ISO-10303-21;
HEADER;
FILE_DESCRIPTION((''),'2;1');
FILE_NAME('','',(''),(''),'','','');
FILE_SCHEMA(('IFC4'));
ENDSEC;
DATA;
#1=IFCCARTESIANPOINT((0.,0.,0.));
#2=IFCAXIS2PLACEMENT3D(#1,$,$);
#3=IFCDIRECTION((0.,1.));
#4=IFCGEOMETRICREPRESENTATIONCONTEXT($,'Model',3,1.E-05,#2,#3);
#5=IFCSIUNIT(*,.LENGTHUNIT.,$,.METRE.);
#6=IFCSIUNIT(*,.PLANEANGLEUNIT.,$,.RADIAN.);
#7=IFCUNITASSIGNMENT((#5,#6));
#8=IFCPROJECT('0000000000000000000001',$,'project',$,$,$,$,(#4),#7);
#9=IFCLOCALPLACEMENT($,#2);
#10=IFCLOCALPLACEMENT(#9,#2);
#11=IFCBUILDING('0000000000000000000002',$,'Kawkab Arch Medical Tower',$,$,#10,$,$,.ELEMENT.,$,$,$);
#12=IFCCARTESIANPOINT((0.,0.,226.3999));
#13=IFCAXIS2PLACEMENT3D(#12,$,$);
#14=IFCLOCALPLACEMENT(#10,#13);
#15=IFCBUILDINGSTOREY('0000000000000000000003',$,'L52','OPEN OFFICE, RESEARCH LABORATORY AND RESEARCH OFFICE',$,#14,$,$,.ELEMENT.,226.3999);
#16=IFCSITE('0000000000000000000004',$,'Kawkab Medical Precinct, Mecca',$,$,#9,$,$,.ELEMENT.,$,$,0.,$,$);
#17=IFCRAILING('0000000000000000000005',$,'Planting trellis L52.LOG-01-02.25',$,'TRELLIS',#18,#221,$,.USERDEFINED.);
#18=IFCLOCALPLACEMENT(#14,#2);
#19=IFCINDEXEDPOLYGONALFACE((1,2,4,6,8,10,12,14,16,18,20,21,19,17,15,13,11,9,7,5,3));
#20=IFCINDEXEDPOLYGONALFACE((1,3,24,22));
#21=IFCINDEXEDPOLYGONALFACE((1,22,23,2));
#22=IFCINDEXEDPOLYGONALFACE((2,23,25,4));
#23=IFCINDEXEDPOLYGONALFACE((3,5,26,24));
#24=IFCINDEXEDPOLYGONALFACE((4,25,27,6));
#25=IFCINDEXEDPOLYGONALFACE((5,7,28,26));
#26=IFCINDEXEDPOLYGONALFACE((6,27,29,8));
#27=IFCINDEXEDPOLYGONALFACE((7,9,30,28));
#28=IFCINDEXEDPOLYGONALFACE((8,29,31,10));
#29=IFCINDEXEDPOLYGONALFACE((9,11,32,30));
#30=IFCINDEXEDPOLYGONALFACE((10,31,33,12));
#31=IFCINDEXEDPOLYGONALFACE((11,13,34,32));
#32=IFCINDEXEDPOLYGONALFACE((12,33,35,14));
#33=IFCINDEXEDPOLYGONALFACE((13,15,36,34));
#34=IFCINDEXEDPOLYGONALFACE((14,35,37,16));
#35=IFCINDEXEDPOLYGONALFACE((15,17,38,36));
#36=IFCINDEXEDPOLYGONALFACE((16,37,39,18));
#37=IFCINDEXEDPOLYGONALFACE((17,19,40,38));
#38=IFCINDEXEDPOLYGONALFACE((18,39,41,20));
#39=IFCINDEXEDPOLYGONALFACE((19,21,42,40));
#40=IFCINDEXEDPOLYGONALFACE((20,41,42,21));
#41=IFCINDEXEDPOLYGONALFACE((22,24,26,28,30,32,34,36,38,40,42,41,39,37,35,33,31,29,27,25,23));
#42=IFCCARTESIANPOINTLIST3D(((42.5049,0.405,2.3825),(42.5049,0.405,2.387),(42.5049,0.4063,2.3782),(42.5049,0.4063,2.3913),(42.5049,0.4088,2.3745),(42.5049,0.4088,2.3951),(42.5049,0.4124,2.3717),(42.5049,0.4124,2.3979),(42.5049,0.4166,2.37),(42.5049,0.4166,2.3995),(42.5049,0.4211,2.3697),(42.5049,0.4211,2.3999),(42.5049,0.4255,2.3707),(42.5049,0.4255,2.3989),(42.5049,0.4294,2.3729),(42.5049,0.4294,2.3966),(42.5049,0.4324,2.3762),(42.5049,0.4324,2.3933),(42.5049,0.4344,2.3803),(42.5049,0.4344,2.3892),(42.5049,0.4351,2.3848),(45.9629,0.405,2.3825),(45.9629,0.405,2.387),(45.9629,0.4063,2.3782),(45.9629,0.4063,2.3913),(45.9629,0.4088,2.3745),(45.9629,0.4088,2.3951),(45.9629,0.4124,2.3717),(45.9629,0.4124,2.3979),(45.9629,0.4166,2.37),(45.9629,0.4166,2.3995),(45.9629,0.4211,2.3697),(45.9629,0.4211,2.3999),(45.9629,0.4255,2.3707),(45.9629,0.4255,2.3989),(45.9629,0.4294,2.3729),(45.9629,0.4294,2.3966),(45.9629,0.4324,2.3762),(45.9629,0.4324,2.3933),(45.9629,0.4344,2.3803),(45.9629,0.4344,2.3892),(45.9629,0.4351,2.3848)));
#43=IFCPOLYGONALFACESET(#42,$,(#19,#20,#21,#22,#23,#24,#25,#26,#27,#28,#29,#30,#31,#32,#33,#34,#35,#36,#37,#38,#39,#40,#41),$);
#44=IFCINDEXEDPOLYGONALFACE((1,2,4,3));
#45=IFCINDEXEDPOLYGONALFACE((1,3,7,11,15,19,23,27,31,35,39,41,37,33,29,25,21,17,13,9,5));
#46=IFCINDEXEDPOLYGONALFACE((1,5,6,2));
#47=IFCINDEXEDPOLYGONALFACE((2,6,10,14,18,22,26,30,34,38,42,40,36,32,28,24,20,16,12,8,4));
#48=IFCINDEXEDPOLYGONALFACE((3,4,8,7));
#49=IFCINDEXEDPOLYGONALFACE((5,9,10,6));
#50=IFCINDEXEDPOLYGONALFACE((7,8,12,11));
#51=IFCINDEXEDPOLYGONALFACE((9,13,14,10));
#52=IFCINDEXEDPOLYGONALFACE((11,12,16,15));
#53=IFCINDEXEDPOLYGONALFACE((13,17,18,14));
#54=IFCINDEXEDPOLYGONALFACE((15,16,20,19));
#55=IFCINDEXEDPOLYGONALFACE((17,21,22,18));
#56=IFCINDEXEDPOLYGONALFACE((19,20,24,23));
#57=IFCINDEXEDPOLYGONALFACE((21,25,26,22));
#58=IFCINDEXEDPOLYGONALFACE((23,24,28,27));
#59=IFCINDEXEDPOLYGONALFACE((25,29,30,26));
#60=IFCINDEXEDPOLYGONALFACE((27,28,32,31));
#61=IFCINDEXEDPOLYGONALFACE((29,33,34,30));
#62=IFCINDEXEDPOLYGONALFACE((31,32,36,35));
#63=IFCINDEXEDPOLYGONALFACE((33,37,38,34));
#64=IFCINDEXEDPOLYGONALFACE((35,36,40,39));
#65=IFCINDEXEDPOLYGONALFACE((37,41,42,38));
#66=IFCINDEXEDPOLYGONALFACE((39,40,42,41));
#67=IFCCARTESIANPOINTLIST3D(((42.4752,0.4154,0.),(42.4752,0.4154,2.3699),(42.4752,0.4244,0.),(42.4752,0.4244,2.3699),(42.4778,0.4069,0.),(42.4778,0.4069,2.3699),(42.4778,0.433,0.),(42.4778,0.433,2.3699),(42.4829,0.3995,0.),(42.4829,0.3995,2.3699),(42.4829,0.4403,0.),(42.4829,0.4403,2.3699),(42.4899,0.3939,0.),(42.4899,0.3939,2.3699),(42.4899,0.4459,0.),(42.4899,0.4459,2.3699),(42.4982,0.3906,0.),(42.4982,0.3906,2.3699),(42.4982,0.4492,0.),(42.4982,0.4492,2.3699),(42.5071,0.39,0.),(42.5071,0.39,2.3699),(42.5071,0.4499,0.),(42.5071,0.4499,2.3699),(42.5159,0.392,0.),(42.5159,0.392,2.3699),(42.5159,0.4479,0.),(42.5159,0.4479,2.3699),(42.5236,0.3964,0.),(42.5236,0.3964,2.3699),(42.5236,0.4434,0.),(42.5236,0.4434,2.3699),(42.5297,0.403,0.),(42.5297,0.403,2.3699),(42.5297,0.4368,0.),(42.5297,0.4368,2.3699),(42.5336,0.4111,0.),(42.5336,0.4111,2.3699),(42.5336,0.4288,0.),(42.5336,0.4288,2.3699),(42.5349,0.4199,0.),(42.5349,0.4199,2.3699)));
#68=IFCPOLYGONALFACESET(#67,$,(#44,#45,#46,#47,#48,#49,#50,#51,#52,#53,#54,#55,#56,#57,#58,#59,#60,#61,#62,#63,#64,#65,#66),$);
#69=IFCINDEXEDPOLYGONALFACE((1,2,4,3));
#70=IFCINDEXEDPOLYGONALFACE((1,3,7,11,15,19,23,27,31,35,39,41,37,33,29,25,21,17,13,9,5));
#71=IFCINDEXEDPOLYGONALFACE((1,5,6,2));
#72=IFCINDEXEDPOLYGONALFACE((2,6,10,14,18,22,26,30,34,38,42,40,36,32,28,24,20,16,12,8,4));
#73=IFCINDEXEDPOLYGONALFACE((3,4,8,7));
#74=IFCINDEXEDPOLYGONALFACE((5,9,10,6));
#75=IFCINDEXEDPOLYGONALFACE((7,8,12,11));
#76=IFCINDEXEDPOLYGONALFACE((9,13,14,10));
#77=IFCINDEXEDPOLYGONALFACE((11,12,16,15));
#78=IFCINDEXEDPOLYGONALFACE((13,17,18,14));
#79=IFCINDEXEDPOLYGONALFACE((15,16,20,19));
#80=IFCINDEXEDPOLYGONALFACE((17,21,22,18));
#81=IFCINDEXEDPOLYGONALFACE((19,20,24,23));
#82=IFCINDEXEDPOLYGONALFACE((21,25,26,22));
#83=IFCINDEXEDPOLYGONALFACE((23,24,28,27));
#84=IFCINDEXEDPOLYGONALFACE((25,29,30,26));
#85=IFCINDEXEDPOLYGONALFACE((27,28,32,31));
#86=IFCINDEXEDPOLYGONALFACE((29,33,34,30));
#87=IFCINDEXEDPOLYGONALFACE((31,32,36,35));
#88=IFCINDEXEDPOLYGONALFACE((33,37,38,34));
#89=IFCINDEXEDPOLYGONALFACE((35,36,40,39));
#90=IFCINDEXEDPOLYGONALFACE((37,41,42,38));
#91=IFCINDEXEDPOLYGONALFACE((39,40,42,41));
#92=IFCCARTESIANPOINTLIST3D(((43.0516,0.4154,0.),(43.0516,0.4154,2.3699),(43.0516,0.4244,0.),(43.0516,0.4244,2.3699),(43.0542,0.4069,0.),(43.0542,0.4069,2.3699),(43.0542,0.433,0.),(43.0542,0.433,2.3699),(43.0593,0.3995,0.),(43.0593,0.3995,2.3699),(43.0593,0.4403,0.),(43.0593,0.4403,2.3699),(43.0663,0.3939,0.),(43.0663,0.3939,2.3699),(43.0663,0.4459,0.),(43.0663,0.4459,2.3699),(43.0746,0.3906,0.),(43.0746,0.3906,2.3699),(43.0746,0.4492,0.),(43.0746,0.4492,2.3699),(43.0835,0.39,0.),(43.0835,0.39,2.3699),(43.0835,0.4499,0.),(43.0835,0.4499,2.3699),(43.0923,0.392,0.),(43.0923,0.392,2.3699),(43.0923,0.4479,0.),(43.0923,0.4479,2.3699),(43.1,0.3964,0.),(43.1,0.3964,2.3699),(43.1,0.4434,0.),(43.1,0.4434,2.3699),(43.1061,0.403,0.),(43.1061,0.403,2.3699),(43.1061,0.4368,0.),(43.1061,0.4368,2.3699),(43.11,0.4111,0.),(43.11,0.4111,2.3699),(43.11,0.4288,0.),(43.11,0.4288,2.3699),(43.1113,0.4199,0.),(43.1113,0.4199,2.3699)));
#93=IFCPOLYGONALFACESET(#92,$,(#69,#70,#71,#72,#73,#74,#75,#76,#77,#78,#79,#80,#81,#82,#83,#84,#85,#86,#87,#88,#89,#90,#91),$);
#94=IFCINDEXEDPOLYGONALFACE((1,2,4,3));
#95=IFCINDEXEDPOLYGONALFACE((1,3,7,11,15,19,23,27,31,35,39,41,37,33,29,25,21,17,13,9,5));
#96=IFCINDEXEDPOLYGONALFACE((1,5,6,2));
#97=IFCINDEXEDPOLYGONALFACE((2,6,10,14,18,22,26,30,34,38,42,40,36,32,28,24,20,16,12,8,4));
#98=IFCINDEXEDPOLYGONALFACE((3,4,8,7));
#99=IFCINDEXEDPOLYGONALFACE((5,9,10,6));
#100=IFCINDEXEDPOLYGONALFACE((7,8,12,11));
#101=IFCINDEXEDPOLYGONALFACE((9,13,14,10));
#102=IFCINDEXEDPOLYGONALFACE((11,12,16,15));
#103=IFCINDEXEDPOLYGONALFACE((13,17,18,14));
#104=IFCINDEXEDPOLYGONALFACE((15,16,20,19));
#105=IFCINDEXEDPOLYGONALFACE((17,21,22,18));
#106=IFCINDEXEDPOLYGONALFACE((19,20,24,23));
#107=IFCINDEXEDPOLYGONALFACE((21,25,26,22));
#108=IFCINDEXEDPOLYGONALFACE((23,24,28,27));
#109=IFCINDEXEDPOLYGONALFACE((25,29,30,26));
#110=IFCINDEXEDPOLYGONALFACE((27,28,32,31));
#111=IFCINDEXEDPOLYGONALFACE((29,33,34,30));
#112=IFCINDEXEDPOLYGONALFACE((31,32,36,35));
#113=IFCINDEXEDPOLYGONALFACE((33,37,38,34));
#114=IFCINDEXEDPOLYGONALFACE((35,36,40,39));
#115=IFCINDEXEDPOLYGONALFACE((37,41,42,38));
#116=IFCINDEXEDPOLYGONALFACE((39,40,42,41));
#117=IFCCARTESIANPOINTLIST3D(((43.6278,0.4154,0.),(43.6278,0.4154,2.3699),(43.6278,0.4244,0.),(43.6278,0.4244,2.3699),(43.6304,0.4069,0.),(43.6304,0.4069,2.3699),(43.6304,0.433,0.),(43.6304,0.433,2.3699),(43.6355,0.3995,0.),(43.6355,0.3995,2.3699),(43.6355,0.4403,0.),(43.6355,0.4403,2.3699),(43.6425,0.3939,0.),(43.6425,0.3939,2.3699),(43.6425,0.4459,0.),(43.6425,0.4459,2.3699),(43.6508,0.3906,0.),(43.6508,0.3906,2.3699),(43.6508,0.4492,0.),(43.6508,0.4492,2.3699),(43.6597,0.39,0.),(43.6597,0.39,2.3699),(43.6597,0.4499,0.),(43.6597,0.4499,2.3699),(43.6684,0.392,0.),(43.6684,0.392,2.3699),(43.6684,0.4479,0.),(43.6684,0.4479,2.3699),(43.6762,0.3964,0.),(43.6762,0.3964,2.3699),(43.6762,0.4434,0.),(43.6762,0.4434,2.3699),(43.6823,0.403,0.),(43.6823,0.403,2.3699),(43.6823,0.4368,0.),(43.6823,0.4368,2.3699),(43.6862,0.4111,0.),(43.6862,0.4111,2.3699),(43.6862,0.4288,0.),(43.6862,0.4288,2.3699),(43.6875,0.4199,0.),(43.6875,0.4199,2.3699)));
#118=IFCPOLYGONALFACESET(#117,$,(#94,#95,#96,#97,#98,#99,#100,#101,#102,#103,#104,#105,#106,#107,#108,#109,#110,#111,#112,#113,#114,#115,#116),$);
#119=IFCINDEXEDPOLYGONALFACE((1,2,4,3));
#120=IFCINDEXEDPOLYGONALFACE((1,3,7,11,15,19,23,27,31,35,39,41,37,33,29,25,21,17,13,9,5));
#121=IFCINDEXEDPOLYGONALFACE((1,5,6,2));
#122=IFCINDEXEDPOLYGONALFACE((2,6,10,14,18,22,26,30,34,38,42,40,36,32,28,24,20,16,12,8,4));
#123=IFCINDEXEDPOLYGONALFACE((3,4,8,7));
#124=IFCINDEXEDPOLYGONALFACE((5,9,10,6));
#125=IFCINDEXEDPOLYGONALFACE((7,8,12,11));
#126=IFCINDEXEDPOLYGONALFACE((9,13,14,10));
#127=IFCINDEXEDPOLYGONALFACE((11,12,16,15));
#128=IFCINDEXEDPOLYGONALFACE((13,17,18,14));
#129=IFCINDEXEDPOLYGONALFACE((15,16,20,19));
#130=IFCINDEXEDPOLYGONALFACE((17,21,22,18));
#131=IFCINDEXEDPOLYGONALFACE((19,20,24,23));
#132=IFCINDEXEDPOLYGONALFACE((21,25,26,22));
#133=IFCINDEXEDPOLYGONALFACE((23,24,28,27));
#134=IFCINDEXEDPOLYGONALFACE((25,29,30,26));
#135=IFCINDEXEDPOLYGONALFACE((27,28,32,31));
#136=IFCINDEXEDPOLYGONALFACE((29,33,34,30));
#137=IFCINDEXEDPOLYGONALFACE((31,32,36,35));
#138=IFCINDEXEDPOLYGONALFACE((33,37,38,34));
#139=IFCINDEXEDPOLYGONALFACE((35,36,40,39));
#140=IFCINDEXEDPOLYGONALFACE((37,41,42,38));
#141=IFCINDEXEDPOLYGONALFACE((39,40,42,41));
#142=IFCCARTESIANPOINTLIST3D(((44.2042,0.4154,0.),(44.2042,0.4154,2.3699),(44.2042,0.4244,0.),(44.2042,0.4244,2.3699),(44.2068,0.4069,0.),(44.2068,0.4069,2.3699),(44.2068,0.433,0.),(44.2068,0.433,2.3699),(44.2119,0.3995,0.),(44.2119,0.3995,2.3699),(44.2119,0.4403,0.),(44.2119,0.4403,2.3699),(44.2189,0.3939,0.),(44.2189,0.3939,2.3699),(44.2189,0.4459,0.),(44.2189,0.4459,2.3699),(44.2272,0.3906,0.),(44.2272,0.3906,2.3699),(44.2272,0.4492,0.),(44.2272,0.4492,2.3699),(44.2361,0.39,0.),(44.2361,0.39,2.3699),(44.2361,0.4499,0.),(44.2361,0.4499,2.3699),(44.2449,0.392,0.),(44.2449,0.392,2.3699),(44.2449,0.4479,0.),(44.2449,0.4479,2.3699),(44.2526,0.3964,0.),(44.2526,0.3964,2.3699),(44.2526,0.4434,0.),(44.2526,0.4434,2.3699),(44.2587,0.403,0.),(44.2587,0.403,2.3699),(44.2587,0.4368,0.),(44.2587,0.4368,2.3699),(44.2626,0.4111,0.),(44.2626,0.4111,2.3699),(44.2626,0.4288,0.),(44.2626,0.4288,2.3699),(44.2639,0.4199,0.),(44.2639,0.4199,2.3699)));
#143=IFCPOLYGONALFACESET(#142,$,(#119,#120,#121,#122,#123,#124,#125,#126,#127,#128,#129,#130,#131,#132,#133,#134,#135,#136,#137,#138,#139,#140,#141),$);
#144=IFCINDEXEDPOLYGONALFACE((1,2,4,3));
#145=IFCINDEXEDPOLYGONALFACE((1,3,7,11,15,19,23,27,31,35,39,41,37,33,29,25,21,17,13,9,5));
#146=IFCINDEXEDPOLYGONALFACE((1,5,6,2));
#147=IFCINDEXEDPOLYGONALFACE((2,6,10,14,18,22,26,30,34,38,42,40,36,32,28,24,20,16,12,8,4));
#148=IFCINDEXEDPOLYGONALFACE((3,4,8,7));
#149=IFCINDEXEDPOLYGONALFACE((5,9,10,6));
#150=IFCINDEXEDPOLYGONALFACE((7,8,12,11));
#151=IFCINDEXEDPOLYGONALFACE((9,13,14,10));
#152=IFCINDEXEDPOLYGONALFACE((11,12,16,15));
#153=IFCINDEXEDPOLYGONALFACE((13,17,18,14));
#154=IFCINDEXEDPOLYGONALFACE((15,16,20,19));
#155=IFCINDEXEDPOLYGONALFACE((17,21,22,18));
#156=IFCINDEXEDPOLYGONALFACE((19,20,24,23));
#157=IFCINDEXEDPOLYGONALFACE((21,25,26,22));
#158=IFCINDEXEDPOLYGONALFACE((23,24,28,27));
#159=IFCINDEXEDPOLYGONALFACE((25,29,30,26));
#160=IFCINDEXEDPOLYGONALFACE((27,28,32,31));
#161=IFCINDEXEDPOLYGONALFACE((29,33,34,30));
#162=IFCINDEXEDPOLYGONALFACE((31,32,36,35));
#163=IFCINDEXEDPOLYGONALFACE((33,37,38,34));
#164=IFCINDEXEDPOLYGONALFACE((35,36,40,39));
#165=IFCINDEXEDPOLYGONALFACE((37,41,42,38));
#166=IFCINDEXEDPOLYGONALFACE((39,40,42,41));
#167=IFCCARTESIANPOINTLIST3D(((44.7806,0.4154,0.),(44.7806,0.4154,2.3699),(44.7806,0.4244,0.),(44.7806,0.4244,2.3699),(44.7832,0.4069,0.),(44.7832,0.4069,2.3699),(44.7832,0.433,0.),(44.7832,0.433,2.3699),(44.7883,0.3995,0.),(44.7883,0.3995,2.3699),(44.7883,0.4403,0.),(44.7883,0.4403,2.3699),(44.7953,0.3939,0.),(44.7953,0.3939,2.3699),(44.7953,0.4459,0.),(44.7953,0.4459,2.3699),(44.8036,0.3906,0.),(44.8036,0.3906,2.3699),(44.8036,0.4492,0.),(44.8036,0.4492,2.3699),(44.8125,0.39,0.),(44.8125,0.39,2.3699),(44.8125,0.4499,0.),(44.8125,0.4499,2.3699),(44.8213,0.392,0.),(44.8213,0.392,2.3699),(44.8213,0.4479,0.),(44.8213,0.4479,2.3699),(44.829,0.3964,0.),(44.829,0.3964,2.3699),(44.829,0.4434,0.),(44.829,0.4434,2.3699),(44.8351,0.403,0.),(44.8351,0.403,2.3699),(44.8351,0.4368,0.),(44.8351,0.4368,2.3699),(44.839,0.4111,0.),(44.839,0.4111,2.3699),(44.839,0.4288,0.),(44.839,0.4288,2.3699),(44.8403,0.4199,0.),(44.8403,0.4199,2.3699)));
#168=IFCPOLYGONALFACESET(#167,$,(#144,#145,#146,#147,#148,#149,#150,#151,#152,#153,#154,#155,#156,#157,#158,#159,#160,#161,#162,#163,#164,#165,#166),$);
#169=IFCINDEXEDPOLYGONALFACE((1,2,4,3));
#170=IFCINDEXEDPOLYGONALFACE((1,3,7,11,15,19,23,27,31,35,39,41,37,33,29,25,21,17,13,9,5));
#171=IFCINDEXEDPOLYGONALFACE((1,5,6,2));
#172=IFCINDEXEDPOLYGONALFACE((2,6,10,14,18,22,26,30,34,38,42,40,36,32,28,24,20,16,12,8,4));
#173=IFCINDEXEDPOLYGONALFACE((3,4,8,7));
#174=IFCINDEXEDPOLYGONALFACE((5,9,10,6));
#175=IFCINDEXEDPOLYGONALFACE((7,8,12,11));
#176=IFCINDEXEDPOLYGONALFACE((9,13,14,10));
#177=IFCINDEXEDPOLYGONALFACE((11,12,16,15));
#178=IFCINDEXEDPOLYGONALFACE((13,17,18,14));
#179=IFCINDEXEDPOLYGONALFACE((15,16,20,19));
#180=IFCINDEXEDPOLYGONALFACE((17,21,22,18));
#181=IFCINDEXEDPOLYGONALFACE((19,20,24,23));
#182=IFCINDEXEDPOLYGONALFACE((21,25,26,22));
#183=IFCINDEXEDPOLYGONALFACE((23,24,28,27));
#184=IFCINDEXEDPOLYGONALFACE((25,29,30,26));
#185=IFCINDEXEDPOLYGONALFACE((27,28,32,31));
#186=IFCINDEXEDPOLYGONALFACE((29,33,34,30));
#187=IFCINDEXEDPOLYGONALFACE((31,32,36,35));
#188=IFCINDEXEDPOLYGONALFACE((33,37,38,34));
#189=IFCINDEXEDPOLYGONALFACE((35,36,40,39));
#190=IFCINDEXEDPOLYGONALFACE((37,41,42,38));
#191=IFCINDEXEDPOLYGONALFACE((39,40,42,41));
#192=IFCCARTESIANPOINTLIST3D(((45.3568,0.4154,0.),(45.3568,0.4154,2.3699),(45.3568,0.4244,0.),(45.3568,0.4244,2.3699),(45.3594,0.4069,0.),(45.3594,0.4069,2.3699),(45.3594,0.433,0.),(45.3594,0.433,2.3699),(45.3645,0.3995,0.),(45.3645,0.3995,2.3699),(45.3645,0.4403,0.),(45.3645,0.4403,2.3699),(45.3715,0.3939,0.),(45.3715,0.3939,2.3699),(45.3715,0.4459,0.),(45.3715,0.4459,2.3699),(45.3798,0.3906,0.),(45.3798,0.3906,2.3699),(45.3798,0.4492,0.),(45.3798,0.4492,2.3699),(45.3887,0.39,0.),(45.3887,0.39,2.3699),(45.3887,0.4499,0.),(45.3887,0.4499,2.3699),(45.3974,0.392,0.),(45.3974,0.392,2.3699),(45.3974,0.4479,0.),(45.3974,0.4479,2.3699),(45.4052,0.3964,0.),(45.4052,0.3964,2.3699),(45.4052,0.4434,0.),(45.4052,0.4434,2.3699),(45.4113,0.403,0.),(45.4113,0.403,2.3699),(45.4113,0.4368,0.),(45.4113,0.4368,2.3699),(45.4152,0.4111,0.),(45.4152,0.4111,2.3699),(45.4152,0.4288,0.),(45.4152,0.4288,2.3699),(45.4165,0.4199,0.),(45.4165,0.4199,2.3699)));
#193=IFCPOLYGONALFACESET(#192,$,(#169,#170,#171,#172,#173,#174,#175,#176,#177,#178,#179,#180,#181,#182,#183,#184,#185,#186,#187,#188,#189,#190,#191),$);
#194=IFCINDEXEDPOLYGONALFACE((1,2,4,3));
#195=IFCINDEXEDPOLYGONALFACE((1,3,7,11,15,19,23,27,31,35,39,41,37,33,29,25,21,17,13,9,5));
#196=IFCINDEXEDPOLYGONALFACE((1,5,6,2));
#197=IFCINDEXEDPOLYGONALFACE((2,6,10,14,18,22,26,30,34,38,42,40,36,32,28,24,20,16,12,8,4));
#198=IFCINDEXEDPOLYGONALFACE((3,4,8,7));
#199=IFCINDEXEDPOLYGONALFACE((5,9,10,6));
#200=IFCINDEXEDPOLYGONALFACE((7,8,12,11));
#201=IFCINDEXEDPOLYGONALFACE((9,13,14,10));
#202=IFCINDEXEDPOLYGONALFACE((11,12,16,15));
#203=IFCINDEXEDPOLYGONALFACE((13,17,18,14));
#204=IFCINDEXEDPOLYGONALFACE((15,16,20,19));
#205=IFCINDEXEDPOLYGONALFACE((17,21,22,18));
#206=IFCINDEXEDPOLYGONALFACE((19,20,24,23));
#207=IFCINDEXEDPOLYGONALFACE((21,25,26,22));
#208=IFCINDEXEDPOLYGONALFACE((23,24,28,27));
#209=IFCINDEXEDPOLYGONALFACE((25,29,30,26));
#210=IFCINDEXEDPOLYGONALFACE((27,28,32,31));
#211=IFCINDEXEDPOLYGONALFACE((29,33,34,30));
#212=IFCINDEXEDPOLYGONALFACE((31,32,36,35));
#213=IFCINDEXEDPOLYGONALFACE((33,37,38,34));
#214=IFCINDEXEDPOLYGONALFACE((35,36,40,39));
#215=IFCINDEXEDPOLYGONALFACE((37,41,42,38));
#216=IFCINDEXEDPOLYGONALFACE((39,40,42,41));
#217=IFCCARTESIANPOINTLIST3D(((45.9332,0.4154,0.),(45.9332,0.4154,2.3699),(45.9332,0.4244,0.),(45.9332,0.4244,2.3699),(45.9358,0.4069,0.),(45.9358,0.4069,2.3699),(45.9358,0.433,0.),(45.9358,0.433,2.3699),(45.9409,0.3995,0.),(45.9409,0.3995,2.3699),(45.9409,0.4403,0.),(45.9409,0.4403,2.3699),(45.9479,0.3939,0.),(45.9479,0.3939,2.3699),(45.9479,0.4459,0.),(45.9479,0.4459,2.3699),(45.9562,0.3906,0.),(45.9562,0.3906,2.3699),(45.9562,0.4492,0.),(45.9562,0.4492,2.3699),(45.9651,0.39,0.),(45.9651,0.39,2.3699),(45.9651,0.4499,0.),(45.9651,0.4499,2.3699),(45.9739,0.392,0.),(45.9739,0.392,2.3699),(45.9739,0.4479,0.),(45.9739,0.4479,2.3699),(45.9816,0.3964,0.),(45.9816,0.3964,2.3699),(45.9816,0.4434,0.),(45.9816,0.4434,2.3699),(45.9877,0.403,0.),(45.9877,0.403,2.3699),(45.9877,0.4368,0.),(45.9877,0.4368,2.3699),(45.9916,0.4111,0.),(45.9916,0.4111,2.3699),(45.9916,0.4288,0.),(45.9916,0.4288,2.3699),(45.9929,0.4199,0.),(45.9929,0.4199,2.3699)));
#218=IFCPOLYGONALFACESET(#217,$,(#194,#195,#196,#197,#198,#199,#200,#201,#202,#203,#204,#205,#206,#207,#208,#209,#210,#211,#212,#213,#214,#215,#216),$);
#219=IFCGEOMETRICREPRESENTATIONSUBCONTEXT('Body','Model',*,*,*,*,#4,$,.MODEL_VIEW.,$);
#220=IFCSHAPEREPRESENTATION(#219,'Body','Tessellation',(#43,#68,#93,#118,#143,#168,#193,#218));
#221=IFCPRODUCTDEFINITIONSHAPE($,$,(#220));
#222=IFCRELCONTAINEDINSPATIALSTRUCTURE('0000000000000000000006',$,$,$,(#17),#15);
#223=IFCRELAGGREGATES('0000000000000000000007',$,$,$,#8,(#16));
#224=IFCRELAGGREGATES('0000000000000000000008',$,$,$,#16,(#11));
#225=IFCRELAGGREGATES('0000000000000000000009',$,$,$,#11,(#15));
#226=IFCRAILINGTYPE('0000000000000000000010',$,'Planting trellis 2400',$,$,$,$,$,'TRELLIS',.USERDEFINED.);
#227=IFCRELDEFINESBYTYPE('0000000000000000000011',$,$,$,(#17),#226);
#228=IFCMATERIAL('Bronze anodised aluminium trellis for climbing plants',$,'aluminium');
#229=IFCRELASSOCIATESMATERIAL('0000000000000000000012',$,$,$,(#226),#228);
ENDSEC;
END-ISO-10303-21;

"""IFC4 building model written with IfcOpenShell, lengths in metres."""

from ifc_helpers import new_model, si_unit, direction, frame, origin, origin_2d, place, context, subcontext, project, spatial, circle, extrude, material, type_object, element, save


model = new_model("IFC4")

# Units and contexts
model_context = context("Model", 3, precision=1e-05, world=origin(), true_north=direction((0.0, 1.0)))
body_context = subcontext(model_context, "Body", "Model", "MODEL_VIEW")
ifc_project = project(units=[si_unit("LENGTHUNIT", "METRE"), si_unit("PLANEANGLEUNIT", "RADIAN")], contexts=[model_context])

# Site, building, storey
site_placement = place(None, origin())
site = spatial("IfcSite", under=ifc_project, at=site_placement, Name="Kawkab Medical Precinct, Mecca", CompositionType="ELEMENT", RefElevation=0.0)
building_placement = place(site_placement, origin())
building = spatial("IfcBuilding", under=site, at=building_placement, Name="Kawkab Arch Medical Tower", CompositionType="ELEMENT")
storey_placement = place(building_placement, frame((0.0, 0.0, 226.3999)))
storey = spatial("IfcBuildingStorey", under=building, at=storey_placement, Name="L52", Description="OPEN OFFICE, RESEARCH LABORATORY AND RESEARCH OFFICE", CompositionType="ELEMENT", Elevation=226.3999)

# Railing
ifc_material_1 = material(Name="Bronze anodised aluminium trellis for climbing plants", Category="aluminium")
railing_type = type_object("IfcRailingType", Name="Planting trellis 2400", ElementType="TRELLIS", PredefinedType="USERDEFINED", material=ifc_material_1)
railing_1_placement = place(storey_placement, frame((42.5049, 0.4199, 0.0)))
element("IfcRailing", 1, at=railing_1_placement, inside=storey, type_object=railing_type, Name="Planting trellis L52.LOG-01-02.25", ObjectType="TRELLIS", PredefinedType="USERDEFINED", context=body_context, shape_type="SweptSolid", body=[
    extrude(circle(Radius=0.0151, at=origin_2d()), frame((0.0, 0.0, 2.3848), z_axis=(1.0, 0.0, 0.0), x_axis=(0.0, 1.0, 0.0)), (0.0, 0.0, 1.0), 3.458),
    extrude(circle(Radius=0.03, at=origin_2d()), origin(), (0.0, 0.0, 1.0), 2.3699),
    extrude(circle(Radius=0.03, at=origin_2d()), frame((0.5764, 0.0, 0.0)), (0.0, 0.0, 1.0), 2.3699),
    extrude(circle(Radius=0.03, at=origin_2d()), frame((1.1526, 0.0, 0.0)), (0.0, 0.0, 1.0), 2.3699),
    extrude(circle(Radius=0.03, at=origin_2d()), frame((1.729, 0.0, 0.0)), (0.0, 0.0, 1.0), 2.3699),
    extrude(circle(Radius=0.03, at=origin_2d()), frame((2.3054, 0.0, 0.0)), (0.0, 0.0, 1.0), 2.3699),
    extrude(circle(Radius=0.03, at=origin_2d()), frame((2.8816, 0.0, 0.0)), (0.0, 0.0, 1.0), 2.3699),
    extrude(circle(Radius=0.03, at=origin_2d()), frame((3.458, 0.0, 0.0)), (0.0, 0.0, 1.0), 2.3699),
])

save(model, "model.ifc")
